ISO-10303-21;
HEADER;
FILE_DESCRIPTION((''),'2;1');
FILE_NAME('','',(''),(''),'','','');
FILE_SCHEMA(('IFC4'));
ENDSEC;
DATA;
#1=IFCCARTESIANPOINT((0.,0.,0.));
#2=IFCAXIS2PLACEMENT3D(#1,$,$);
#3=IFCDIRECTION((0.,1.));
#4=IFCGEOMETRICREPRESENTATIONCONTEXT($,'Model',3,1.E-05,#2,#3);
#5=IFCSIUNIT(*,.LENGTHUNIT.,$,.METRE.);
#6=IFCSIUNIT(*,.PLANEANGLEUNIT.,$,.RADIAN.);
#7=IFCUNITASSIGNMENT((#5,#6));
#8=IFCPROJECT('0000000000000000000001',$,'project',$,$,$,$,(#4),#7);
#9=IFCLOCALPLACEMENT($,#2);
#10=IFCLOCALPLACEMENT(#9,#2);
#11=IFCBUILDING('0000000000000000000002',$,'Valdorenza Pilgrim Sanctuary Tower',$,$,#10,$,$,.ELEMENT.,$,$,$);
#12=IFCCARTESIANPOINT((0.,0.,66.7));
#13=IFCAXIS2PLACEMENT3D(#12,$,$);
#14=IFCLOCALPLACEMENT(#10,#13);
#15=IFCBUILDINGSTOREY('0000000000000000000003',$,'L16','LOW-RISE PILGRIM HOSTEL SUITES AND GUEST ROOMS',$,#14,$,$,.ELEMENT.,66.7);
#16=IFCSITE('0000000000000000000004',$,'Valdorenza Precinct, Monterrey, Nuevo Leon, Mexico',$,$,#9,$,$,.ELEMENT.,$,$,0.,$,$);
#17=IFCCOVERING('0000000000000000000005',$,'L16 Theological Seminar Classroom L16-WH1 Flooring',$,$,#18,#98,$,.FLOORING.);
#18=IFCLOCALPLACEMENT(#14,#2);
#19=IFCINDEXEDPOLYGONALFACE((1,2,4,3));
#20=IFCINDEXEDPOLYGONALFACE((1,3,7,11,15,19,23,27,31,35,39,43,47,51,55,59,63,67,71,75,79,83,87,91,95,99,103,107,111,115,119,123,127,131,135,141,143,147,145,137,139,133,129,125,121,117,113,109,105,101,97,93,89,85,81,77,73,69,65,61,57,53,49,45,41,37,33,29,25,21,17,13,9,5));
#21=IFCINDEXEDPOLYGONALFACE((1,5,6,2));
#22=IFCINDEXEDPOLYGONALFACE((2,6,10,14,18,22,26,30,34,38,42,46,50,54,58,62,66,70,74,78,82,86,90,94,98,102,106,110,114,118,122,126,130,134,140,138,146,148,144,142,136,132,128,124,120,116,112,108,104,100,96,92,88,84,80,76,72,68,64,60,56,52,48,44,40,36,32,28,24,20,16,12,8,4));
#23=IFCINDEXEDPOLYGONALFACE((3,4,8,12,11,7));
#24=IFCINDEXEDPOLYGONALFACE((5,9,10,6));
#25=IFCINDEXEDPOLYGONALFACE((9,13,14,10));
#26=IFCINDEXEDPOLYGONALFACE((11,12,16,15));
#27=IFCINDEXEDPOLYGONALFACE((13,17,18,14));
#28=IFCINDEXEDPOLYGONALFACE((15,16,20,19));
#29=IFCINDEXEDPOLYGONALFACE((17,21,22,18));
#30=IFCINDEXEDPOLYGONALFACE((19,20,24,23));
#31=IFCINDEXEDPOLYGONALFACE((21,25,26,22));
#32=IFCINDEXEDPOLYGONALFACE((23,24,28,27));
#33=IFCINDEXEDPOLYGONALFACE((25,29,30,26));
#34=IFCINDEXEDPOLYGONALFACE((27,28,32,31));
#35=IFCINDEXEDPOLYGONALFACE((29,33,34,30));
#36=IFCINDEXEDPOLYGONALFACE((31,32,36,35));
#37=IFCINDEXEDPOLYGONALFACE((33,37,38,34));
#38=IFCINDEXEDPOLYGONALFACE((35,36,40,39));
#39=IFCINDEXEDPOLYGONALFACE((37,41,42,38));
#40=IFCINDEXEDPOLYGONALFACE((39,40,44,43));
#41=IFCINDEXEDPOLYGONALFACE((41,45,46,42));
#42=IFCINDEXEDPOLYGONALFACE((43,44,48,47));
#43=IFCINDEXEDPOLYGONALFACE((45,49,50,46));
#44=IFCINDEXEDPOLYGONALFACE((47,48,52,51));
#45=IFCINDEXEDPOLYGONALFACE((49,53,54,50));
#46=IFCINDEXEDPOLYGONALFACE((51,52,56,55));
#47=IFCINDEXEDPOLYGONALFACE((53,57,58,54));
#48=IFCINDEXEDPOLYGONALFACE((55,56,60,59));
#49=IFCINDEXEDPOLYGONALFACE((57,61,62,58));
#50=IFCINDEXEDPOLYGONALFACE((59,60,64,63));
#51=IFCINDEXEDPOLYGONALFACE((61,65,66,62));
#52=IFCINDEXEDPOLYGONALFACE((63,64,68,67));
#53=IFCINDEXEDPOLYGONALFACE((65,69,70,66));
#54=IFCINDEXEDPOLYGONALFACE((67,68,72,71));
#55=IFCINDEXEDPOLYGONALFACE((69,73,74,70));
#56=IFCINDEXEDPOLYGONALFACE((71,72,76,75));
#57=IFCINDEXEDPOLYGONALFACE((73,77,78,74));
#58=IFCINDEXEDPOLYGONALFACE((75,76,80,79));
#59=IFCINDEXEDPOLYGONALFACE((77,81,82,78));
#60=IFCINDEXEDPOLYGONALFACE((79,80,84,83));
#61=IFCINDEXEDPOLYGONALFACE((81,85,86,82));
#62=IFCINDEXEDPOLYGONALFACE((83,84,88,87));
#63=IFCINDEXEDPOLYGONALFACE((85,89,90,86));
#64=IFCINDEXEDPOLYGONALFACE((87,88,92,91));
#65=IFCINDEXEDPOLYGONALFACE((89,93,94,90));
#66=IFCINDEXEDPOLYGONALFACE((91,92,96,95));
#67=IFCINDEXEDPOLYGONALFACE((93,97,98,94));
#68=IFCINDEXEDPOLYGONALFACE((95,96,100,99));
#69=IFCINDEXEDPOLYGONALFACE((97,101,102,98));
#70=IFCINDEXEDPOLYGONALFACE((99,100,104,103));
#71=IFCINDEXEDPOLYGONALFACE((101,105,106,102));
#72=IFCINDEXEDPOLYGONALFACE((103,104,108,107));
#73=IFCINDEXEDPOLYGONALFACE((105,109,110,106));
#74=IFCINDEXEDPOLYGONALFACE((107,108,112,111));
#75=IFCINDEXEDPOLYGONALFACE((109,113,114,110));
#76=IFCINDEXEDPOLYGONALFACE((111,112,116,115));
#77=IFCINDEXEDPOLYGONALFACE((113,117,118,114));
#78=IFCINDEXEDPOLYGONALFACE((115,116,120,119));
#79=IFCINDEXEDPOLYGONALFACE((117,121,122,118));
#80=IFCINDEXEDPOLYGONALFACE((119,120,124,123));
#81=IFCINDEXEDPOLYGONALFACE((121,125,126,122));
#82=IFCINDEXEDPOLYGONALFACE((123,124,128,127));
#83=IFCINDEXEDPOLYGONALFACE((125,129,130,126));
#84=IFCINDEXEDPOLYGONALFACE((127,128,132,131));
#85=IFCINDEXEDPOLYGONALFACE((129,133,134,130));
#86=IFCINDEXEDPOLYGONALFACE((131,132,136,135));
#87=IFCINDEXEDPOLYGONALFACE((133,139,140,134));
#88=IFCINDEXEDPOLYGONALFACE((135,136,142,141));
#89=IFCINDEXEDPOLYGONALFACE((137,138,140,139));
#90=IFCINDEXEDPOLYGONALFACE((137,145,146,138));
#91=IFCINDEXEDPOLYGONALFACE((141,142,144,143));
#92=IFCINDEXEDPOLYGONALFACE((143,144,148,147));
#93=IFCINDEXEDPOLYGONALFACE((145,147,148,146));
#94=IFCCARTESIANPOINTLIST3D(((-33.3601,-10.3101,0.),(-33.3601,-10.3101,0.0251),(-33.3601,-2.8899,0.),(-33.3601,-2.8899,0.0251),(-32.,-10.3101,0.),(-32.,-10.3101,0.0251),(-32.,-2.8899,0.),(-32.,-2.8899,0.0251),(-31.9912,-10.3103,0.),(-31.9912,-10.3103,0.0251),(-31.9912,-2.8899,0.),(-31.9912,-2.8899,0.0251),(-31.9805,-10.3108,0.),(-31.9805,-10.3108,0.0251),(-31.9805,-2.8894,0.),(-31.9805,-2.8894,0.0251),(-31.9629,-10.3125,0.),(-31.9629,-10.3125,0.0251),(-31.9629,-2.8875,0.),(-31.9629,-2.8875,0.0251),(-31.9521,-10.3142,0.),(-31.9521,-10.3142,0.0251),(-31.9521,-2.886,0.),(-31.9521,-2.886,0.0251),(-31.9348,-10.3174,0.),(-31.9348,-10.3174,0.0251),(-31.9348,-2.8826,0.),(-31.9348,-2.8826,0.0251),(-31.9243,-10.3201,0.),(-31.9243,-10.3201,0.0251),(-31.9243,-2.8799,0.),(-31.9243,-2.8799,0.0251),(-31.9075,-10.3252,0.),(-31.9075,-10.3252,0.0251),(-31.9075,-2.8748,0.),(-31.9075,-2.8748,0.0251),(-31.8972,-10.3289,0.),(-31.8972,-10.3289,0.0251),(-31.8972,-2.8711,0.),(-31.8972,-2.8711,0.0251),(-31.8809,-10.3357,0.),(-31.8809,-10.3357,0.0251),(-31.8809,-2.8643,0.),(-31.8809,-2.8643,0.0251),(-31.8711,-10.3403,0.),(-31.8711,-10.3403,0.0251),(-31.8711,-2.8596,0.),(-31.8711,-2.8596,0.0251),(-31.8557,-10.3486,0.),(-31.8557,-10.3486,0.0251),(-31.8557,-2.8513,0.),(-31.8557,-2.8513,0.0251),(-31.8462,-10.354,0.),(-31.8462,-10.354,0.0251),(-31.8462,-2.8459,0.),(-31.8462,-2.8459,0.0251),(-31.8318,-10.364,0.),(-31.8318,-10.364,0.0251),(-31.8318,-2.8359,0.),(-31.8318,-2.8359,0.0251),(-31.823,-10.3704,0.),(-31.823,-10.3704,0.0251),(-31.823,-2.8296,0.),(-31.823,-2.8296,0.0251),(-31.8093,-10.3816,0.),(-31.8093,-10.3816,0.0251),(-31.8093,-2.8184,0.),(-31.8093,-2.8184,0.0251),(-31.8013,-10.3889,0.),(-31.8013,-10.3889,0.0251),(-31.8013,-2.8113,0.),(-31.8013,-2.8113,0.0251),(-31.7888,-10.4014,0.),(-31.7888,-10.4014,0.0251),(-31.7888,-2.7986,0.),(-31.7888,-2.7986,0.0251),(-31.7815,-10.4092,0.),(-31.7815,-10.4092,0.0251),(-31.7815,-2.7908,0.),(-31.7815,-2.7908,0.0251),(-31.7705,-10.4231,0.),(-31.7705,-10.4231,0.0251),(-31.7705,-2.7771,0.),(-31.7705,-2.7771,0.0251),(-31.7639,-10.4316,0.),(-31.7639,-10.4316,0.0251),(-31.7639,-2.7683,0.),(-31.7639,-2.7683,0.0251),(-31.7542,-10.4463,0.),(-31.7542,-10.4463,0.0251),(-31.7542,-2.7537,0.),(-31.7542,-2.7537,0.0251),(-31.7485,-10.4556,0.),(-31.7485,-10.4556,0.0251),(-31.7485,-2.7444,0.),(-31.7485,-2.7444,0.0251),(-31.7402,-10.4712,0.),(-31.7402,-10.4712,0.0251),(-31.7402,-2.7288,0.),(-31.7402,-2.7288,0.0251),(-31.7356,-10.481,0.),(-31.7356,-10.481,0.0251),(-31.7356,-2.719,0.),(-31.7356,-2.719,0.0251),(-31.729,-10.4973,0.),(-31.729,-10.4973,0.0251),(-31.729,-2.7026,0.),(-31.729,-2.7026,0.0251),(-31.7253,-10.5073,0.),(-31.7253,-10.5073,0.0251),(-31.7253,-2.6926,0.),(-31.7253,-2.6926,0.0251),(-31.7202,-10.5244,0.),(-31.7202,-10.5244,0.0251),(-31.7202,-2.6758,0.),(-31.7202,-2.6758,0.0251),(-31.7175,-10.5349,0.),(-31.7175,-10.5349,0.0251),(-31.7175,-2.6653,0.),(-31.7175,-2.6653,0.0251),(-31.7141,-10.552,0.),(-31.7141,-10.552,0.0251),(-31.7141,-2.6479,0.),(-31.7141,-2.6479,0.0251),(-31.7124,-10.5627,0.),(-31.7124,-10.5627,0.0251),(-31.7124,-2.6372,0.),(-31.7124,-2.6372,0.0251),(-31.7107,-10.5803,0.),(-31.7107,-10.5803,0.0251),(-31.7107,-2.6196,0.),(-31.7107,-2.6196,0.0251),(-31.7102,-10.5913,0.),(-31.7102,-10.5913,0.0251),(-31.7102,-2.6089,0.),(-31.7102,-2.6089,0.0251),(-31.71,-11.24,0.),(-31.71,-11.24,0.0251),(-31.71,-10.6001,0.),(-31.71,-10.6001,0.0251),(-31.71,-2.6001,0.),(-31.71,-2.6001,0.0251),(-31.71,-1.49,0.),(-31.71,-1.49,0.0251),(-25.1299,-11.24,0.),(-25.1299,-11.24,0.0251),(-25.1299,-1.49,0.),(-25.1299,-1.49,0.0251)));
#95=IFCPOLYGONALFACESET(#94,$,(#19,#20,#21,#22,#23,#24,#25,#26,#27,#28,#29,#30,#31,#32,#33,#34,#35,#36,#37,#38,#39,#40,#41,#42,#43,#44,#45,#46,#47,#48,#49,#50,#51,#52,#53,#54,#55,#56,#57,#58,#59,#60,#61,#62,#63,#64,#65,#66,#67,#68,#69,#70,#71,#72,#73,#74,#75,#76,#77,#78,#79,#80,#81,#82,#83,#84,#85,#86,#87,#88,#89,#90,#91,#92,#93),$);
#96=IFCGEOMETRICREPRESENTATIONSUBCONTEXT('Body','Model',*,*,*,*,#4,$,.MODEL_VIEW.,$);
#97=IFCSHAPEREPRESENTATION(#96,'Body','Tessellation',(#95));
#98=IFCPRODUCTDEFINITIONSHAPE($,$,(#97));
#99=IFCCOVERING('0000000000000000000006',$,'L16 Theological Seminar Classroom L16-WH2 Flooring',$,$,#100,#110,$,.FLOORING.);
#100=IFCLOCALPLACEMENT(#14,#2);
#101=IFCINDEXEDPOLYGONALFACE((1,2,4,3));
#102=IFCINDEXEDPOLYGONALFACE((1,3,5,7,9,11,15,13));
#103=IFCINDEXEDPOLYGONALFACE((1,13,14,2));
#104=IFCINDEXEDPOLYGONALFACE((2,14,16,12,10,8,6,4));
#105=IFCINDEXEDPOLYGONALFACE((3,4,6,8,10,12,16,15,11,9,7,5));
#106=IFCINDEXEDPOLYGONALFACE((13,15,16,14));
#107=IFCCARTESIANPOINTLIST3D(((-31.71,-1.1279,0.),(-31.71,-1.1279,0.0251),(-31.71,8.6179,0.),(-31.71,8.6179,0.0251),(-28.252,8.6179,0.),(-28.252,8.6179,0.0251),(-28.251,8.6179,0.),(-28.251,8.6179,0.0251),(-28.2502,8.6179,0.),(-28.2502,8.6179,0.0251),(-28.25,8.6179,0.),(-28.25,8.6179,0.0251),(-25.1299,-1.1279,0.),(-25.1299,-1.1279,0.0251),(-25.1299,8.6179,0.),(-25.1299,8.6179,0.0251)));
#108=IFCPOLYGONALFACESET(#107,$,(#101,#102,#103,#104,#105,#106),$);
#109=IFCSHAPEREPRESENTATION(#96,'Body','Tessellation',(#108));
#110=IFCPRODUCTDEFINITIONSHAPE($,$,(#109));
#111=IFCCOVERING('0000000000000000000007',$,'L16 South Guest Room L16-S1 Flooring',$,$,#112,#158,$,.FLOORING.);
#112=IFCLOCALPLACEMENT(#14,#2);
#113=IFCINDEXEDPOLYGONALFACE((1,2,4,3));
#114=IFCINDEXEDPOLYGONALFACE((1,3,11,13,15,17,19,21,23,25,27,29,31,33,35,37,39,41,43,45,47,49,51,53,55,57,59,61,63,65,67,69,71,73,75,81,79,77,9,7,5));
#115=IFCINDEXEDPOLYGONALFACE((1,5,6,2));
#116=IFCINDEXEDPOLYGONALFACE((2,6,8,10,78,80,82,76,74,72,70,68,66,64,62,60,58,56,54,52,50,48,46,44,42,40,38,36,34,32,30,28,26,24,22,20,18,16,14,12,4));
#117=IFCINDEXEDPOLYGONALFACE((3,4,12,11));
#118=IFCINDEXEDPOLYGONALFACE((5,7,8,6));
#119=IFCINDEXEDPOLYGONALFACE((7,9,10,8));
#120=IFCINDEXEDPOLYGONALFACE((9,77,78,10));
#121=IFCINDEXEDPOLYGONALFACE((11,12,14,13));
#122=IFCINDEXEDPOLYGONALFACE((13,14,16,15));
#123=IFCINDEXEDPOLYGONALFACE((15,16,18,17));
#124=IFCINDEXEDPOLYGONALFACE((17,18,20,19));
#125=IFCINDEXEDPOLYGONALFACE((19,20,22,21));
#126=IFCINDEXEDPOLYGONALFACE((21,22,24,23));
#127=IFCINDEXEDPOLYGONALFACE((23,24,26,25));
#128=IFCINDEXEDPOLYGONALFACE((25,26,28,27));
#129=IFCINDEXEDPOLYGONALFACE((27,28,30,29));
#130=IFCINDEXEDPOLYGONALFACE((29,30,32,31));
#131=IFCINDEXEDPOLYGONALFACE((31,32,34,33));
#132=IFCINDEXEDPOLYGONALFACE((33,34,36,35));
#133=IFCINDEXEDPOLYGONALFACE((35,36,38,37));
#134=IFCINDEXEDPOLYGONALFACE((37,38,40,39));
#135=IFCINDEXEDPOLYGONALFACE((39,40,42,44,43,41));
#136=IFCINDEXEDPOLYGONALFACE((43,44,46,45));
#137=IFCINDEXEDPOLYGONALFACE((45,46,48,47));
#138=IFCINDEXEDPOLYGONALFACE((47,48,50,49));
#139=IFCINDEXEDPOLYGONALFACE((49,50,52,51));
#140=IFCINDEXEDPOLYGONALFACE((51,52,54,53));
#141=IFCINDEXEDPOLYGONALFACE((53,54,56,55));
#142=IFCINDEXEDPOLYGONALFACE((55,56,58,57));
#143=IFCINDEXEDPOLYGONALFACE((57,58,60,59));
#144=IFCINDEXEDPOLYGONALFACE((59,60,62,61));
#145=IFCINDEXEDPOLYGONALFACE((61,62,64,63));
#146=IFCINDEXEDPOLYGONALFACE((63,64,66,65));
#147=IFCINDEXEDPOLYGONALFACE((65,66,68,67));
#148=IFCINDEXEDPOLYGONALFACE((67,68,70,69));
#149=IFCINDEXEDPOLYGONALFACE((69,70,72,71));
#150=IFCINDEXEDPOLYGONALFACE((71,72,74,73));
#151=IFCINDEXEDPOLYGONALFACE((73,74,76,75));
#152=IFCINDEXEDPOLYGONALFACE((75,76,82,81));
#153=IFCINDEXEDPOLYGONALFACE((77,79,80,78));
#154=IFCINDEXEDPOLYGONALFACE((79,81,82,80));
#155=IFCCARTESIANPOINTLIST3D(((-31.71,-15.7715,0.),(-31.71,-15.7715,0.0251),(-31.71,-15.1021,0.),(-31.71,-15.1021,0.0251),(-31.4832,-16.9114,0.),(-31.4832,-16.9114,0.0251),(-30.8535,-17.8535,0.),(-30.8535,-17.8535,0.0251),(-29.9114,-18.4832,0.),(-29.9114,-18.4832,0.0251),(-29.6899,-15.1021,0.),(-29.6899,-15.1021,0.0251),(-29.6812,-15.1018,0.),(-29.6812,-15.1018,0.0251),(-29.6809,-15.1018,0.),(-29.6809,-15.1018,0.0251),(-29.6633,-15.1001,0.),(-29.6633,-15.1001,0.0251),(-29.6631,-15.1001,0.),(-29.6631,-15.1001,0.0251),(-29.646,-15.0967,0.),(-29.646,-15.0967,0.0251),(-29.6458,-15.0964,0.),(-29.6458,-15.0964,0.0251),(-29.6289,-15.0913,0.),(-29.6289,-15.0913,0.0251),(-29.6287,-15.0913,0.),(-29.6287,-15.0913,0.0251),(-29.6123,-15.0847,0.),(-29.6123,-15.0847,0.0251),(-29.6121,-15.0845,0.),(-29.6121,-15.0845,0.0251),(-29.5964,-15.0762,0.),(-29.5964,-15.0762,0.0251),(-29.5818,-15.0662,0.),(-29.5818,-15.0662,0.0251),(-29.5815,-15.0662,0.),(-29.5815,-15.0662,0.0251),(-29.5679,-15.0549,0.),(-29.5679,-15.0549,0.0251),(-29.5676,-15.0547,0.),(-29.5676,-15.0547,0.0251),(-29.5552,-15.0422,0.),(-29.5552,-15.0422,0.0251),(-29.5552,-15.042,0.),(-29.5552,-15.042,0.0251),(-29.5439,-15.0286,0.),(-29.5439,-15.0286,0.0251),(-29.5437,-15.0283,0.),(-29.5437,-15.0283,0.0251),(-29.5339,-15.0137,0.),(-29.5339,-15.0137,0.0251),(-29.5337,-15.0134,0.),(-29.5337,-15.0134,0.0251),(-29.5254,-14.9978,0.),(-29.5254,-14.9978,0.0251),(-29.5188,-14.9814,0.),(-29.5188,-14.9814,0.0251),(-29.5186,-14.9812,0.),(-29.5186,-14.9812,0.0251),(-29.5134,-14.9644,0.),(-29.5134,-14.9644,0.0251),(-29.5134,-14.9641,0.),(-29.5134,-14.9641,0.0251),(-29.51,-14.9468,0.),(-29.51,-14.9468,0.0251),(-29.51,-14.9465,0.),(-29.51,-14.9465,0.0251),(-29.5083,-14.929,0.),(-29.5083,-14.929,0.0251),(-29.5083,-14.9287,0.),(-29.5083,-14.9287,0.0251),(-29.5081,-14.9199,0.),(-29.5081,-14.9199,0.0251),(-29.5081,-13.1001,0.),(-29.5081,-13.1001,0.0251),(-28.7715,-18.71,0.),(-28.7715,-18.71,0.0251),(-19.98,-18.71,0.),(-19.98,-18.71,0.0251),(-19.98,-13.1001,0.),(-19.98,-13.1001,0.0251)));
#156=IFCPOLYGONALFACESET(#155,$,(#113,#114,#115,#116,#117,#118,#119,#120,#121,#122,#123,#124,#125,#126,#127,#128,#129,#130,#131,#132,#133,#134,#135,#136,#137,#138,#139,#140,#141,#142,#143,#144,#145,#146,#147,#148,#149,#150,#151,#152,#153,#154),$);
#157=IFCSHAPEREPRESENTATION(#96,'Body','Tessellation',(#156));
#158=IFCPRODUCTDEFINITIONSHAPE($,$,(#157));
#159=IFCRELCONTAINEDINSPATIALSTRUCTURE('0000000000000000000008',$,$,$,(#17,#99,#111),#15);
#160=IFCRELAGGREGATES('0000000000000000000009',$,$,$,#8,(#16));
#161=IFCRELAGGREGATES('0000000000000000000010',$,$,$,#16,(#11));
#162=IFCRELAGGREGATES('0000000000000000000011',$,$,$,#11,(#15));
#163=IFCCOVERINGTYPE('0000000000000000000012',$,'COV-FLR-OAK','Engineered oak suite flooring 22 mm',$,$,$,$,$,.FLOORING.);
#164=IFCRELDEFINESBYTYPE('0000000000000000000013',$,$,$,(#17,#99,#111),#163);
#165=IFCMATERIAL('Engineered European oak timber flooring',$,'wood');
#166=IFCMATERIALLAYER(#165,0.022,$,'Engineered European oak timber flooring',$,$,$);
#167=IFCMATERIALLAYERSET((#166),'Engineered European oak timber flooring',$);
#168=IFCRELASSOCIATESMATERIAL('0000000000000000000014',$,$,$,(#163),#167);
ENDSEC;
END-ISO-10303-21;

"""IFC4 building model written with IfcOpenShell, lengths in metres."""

from ifc_helpers import new_model, si_unit, direction, frame, origin, place, context, subcontext, project, spatial, polyline, outline, extrude, material, layer, layer_set, type_object, element, save


model = new_model("IFC4")

# Units and contexts
model_context = context("Model", 3, precision=1e-05, world=origin(), true_north=direction((0.0, 1.0)))
body_context = subcontext(model_context, "Body", "Model", "MODEL_VIEW")
ifc_project = project(units=[si_unit("LENGTHUNIT", "METRE"), si_unit("PLANEANGLEUNIT", "RADIAN")], contexts=[model_context])

# Site, building, storey
site_placement = place(None, origin())
site = spatial("IfcSite", under=ifc_project, at=site_placement, Name="Valdorenza Precinct, Monterrey, Nuevo Leon, Mexico", CompositionType="ELEMENT", RefElevation=0.0)
building_placement = place(site_placement, origin())
building = spatial("IfcBuilding", under=site, at=building_placement, Name="Valdorenza Pilgrim Sanctuary Tower", CompositionType="ELEMENT")
storey_placement = place(building_placement, frame((0.0, 0.0, 66.7)))
storey = spatial("IfcBuildingStorey", under=building, at=storey_placement, Name="L16", Description="LOW-RISE PILGRIM HOSTEL SUITES AND GUEST ROOMS", CompositionType="ELEMENT", Elevation=66.7)

# Coverings
ifc_material_1 = material(Name="Engineered European oak timber flooring", Category="wood")
ifc_layer_1 = layer(ifc_material_1, 0.022, Name="Engineered European oak timber flooring")
ifc_layer_set_1 = layer_set([ifc_layer_1], Name="Engineered European oak timber flooring")
covering_type_1 = type_object("IfcCoveringType", Name="COV-FLR-OAK", Description="Engineered oak suite flooring 22 mm", PredefinedType="FLOORING", material=ifc_layer_set_1)
covering_1_placement = place(storey_placement, origin())
element("IfcCovering", 1, at=covering_1_placement, inside=storey, type_object=covering_type_1, Name="L16 Theological Seminar Classroom L16-WH1 Flooring", PredefinedType="FLOORING", context=body_context, shape_type="SweptSolid", body=[
    extrude(outline(polyline([(-25.1299, -11.24), (-31.71, -11.24), (-31.71, -10.6001), (-31.7102, -10.5913), (-31.7107, -10.5803), (-31.7124, -10.5627), (-31.7141, -10.552), (-31.7175, -10.5349), (-31.7202, -10.5244), (-31.7253, -10.5073), (-31.729, -10.4973), (-31.7356, -10.481), (-31.7402, -10.4712), (-31.7485, -10.4556), (-31.7542, -10.4463), (-31.7639, -10.4316), (-31.7705, -10.4231), (-31.7815, -10.4092), (-31.7888, -10.4014), (-31.8013, -10.3889), (-31.8093, -10.3816), (-31.823, -10.3704), (-31.8318, -10.364), (-31.8462, -10.354), (-31.8557, -10.3486), (-31.8711, -10.3403), (-31.8809, -10.3357), (-31.8972, -10.3289), (-31.9075, -10.3252), (-31.9243, -10.3201), (-31.9348, -10.3174), (-31.9521, -10.3142), (-31.9629, -10.3125), (-31.9805, -10.3108), (-31.9912, -10.3103), (-32.0, -10.3101), (-33.3601, -10.3101), (-33.3601, -2.8899), (-32.0, -2.8899), (-31.9912, -2.8899), (-31.9805, -2.8894), (-31.9629, -2.8875), (-31.9521, -2.886), (-31.9348, -2.8826), (-31.9243, -2.8799), (-31.9075, -2.8748), (-31.8972, -2.8711), (-31.8809, -2.8643), (-31.8711, -2.8596), (-31.8557, -2.8513), (-31.8462, -2.8459), (-31.8318, -2.8359), (-31.823, -2.8296), (-31.8093, -2.8184), (-31.8013, -2.8113), (-31.7888, -2.7986), (-31.7815, -2.7908), (-31.7705, -2.7771), (-31.7639, -2.7683), (-31.7542, -2.7537), (-31.7485, -2.7444), (-31.7402, -2.7288), (-31.7356, -2.719), (-31.729, -2.7026), (-31.7253, -2.6926), (-31.7202, -2.6758), (-31.7175, -2.6653), (-31.7141, -2.6479), (-31.7124, -2.6372), (-31.7107, -2.6196), (-31.7102, -2.6089), (-31.71, -2.6001), (-31.71, -1.49), (-25.1299, -1.49), (-25.1299, -11.24)])), origin(), (0.0, 0.0, 1.0), 0.0251),
])
covering_2_placement = place(storey_placement, origin())
element("IfcCovering", 2, at=covering_2_placement, inside=storey, type_object=covering_type_1, Name="L16 Theological Seminar Classroom L16-WH2 Flooring", PredefinedType="FLOORING", context=body_context, shape_type="SweptSolid", body=[
    extrude(outline(polyline([(-28.2502, 8.6179), (-28.25, 8.6179), (-25.1299, 8.6179), (-25.1299, -1.1279), (-31.71, -1.1279), (-31.71, 8.6179), (-28.252, 8.6179), (-28.251, 8.6179), (-28.2502, 8.6179)])), origin(), (0.0, 0.0, 1.0), 0.0251),
])
covering_3_placement = place(storey_placement, origin())
element("IfcCovering", 3, at=covering_3_placement, inside=storey, type_object=covering_type_1, Name="L16 South Guest Room L16-S1 Flooring", PredefinedType="FLOORING", context=body_context, shape_type="SweptSolid", body=[
    extrude(outline(polyline([(-28.7715, -18.71), (-29.9114, -18.4832), (-30.8535, -17.8535), (-31.4832, -16.9114), (-31.71, -15.7715), (-31.71, -15.1021), (-29.6899, -15.1021), (-29.6812, -15.1018), (-29.6809, -15.1018), (-29.6633, -15.1001), (-29.6631, -15.1001), (-29.646, -15.0967), (-29.6458, -15.0964), (-29.6289, -15.0913), (-29.6287, -15.0913), (-29.6123, -15.0847), (-29.6121, -15.0845), (-29.5964, -15.0762), (-29.5964, -15.0762), (-29.5818, -15.0662), (-29.5815, -15.0662), (-29.5679, -15.0549), (-29.5676, -15.0547), (-29.5552, -15.0422), (-29.5552, -15.042), (-29.5439, -15.0286), (-29.5437, -15.0283), (-29.5339, -15.0137), (-29.5337, -15.0134), (-29.5254, -14.9978), (-29.5254, -14.9978), (-29.5188, -14.9814), (-29.5186, -14.9812), (-29.5134, -14.9644), (-29.5134, -14.9641), (-29.51, -14.9468), (-29.51, -14.9465), (-29.5083, -14.929), (-29.5083, -14.9287), (-29.5081, -14.9199), (-29.5081, -13.1001), (-19.98, -13.1001), (-19.98, -18.71), (-28.7715, -18.71)])), origin(), (0.0, 0.0, 1.0), 0.0251),
])

save(model, "model.ifc")
